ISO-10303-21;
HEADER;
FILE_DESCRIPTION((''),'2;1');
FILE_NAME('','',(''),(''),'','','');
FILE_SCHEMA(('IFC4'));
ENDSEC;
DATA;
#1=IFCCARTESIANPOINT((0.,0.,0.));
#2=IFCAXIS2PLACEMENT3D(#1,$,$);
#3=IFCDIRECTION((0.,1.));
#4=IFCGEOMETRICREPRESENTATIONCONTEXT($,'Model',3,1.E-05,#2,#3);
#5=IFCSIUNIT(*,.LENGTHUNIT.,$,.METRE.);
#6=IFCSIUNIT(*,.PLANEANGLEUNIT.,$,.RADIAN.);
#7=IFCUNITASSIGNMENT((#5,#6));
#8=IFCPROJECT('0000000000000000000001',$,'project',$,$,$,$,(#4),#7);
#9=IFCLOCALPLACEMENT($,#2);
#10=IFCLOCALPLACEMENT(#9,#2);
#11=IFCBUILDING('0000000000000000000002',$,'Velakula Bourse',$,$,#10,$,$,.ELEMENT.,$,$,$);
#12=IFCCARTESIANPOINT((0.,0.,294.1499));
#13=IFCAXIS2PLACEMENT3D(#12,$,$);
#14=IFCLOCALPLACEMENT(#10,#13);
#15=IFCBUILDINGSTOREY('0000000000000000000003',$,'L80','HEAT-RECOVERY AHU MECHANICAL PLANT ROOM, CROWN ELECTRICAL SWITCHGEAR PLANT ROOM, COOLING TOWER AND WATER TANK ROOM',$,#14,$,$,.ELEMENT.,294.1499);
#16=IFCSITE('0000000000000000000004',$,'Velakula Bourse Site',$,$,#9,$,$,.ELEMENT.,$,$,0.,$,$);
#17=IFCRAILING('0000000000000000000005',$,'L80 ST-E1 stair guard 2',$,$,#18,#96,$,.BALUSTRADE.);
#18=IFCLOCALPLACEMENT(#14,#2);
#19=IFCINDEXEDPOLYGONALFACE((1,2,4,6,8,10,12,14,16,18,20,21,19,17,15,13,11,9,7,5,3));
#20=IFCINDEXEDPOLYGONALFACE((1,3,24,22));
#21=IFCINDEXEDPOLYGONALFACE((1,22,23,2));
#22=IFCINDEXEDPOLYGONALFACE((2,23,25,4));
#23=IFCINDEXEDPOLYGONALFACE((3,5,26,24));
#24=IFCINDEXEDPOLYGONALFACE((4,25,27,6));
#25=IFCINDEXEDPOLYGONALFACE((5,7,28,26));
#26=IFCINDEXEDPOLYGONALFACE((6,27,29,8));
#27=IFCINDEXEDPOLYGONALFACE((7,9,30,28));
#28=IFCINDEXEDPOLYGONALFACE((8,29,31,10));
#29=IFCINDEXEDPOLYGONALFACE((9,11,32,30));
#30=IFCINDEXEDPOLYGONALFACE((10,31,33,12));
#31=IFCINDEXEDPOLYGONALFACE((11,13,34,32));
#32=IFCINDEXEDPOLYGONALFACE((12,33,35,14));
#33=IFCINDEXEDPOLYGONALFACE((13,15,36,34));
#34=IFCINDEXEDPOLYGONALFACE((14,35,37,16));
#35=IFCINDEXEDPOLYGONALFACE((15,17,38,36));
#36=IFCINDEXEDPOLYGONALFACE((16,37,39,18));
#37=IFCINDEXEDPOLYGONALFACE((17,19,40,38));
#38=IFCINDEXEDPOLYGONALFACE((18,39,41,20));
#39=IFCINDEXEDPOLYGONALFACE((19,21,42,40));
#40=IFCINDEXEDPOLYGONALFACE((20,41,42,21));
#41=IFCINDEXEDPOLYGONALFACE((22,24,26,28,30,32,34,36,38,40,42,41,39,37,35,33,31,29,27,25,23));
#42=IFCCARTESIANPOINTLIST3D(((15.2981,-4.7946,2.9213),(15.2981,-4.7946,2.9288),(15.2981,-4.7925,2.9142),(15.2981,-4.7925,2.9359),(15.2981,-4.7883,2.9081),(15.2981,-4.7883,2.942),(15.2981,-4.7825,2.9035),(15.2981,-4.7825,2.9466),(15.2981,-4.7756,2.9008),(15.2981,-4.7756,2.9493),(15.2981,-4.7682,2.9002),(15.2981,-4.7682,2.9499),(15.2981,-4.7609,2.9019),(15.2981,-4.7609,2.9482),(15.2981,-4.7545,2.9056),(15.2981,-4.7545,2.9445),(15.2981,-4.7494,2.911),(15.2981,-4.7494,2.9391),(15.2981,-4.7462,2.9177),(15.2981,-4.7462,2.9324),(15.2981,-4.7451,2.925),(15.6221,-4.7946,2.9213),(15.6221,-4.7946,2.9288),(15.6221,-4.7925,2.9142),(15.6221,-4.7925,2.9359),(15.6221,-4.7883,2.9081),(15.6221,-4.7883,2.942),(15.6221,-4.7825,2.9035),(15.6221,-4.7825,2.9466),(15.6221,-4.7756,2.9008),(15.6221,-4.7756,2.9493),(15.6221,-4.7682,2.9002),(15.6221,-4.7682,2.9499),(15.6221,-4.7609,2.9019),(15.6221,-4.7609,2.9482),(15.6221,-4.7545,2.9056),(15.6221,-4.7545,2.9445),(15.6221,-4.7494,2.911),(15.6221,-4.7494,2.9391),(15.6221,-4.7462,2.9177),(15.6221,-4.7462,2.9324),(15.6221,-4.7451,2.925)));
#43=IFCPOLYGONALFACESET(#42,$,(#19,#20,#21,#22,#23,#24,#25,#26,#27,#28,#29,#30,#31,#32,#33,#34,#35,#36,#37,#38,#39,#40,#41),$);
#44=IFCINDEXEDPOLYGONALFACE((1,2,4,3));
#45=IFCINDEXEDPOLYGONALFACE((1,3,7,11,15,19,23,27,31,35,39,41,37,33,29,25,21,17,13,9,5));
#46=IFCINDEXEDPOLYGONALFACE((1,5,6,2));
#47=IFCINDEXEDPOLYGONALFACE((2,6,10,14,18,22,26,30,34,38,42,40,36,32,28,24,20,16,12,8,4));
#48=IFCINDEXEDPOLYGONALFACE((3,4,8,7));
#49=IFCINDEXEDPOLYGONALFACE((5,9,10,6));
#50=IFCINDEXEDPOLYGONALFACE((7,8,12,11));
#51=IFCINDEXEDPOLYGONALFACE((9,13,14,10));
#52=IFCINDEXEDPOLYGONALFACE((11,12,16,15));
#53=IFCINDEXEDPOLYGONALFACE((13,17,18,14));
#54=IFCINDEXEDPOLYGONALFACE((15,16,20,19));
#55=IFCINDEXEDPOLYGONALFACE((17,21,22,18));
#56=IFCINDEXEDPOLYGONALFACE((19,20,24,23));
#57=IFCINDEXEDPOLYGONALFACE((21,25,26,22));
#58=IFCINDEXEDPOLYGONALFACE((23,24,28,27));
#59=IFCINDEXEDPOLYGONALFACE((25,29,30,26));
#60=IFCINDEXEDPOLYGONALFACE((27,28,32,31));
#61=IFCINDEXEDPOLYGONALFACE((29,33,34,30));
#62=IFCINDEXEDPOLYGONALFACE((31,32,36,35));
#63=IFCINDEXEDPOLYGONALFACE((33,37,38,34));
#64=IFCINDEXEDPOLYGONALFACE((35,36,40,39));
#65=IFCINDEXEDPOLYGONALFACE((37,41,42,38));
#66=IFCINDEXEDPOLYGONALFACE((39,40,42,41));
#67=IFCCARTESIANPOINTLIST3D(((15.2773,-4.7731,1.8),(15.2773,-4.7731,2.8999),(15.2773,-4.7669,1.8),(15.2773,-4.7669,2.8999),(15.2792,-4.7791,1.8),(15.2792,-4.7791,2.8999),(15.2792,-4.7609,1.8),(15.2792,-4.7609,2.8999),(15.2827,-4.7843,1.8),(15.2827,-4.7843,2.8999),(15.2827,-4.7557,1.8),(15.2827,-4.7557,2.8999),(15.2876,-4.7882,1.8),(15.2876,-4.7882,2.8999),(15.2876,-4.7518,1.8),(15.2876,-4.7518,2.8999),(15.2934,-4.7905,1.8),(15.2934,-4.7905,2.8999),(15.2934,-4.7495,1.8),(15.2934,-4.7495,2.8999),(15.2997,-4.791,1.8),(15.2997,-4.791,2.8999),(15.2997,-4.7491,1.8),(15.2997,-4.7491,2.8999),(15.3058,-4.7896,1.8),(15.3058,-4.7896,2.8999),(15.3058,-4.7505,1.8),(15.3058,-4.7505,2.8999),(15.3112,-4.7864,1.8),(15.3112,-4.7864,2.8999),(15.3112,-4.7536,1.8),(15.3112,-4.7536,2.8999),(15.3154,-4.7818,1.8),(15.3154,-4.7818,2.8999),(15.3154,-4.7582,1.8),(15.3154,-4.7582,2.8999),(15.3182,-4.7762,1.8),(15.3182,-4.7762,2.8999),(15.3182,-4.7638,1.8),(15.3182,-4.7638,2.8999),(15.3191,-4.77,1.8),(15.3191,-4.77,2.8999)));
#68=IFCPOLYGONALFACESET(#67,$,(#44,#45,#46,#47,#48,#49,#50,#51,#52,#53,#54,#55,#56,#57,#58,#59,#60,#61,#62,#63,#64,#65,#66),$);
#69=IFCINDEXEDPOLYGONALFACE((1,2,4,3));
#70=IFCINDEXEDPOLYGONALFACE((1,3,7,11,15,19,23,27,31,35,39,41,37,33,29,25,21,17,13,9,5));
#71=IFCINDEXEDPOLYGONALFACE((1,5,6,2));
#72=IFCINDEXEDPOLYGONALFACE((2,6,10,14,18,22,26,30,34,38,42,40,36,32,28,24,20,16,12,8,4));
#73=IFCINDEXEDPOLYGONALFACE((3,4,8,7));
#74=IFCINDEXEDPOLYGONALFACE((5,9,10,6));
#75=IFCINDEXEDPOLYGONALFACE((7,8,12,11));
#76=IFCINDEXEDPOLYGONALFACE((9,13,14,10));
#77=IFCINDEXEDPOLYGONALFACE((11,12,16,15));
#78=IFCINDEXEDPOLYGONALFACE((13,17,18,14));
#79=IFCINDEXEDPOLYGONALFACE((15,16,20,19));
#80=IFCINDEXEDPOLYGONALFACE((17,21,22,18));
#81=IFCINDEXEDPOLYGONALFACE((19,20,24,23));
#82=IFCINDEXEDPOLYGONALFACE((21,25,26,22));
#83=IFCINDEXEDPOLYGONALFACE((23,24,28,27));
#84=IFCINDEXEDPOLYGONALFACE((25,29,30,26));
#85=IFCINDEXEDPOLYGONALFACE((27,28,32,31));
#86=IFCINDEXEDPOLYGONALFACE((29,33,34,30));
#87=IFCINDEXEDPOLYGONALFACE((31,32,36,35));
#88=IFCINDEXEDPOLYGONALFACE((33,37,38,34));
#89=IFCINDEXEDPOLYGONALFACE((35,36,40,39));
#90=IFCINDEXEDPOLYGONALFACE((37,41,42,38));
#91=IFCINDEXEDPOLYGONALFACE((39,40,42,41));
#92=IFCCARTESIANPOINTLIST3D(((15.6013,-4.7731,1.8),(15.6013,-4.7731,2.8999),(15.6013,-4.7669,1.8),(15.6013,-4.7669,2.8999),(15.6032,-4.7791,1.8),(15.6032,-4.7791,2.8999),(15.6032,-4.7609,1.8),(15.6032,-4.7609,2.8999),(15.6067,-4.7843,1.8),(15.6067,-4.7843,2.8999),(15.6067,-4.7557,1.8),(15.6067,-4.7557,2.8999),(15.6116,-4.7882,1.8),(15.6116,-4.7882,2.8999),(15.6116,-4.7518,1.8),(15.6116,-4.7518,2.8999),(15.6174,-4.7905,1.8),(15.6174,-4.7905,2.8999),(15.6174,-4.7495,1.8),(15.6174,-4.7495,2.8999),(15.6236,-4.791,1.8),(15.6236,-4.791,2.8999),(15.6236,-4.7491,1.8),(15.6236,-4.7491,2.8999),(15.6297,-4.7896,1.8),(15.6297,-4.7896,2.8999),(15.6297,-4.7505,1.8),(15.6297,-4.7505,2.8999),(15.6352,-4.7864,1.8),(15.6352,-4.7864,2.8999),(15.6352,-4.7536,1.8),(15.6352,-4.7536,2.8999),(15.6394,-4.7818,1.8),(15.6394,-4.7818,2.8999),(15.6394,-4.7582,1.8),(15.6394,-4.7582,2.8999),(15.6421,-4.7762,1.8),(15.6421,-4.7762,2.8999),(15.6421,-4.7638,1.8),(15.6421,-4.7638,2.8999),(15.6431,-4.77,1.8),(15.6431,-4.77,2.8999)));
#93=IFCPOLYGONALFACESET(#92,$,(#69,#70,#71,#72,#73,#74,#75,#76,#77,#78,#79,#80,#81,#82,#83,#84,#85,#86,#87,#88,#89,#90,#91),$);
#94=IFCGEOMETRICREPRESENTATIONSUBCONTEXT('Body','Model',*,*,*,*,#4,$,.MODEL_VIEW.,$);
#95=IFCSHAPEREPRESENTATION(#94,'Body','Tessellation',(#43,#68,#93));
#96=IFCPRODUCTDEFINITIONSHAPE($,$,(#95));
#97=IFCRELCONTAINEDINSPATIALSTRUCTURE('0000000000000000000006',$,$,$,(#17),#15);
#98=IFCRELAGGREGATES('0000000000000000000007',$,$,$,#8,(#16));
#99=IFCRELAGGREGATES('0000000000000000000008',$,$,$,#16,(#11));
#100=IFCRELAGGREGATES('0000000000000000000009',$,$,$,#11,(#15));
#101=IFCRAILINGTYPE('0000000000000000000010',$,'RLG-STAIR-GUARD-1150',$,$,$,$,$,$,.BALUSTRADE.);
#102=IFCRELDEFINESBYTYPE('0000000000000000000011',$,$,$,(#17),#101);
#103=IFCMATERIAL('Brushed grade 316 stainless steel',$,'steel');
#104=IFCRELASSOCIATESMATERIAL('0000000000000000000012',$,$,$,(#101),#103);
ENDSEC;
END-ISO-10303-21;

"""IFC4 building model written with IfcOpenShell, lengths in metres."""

from ifc_helpers import new_model, si_unit, direction, frame, origin, origin_2d, place, context, subcontext, project, spatial, circle, extrude, material, type_object, element, save


model = new_model("IFC4")

# Units and contexts
model_context = context("Model", 3, precision=1e-05, world=origin(), true_north=direction((0.0, 1.0)))
body_context = subcontext(model_context, "Body", "Model", "MODEL_VIEW")
ifc_project = project(units=[si_unit("LENGTHUNIT", "METRE"), si_unit("PLANEANGLEUNIT", "RADIAN")], contexts=[model_context])

# Site, building, storey
site_placement = place(None, origin())
site = spatial("IfcSite", under=ifc_project, at=site_placement, Name="Velakula Bourse Site", CompositionType="ELEMENT", RefElevation=0.0)
building_placement = place(site_placement, origin())
building = spatial("IfcBuilding", under=site, at=building_placement, Name="Velakula Bourse", CompositionType="ELEMENT")
storey_placement = place(building_placement, frame((0.0, 0.0, 294.1499)))
storey = spatial("IfcBuildingStorey", under=building, at=storey_placement, Name="L80", Description="HEAT-RECOVERY AHU MECHANICAL PLANT ROOM, CROWN ELECTRICAL SWITCHGEAR PLANT ROOM, COOLING TOWER AND WATER TANK ROOM", CompositionType="ELEMENT", Elevation=294.1499)

# Shared definitions
ifc_material_1 = material(Name="Brushed grade 316 stainless steel", Category="steel")

# Railing
railing_type_1 = type_object("IfcRailingType", Name="RLG-STAIR-GUARD-1150", PredefinedType="BALUSTRADE", material=ifc_material_1)
railing_1_placement = place(storey_placement, frame((15.2981, -4.77, 1.8)))
element("IfcRailing", 1, at=railing_1_placement, inside=storey, type_object=railing_type_1, Name="L80 ST-E1 stair guard 2", PredefinedType="BALUSTRADE", context=body_context, shape_type="SweptSolid", body=[
    extrude(circle(Radius=0.0249, at=origin_2d()), frame((0.0, 0.0, 1.125), z_axis=(1.0, 0.0, 0.0), x_axis=(0.0, 1.0, 0.0)), (0.0, 0.0, 1.0), 0.324),
    extrude(circle(Radius=0.021, at=origin_2d()), origin(), (0.0, 0.0, 1.0), 1.0999),
    extrude(circle(Radius=0.021, at=origin_2d()), frame((0.324, 0.0, 0.0)), (0.0, 0.0, 1.0), 1.0999),
])

save(model, "model.ifc")
